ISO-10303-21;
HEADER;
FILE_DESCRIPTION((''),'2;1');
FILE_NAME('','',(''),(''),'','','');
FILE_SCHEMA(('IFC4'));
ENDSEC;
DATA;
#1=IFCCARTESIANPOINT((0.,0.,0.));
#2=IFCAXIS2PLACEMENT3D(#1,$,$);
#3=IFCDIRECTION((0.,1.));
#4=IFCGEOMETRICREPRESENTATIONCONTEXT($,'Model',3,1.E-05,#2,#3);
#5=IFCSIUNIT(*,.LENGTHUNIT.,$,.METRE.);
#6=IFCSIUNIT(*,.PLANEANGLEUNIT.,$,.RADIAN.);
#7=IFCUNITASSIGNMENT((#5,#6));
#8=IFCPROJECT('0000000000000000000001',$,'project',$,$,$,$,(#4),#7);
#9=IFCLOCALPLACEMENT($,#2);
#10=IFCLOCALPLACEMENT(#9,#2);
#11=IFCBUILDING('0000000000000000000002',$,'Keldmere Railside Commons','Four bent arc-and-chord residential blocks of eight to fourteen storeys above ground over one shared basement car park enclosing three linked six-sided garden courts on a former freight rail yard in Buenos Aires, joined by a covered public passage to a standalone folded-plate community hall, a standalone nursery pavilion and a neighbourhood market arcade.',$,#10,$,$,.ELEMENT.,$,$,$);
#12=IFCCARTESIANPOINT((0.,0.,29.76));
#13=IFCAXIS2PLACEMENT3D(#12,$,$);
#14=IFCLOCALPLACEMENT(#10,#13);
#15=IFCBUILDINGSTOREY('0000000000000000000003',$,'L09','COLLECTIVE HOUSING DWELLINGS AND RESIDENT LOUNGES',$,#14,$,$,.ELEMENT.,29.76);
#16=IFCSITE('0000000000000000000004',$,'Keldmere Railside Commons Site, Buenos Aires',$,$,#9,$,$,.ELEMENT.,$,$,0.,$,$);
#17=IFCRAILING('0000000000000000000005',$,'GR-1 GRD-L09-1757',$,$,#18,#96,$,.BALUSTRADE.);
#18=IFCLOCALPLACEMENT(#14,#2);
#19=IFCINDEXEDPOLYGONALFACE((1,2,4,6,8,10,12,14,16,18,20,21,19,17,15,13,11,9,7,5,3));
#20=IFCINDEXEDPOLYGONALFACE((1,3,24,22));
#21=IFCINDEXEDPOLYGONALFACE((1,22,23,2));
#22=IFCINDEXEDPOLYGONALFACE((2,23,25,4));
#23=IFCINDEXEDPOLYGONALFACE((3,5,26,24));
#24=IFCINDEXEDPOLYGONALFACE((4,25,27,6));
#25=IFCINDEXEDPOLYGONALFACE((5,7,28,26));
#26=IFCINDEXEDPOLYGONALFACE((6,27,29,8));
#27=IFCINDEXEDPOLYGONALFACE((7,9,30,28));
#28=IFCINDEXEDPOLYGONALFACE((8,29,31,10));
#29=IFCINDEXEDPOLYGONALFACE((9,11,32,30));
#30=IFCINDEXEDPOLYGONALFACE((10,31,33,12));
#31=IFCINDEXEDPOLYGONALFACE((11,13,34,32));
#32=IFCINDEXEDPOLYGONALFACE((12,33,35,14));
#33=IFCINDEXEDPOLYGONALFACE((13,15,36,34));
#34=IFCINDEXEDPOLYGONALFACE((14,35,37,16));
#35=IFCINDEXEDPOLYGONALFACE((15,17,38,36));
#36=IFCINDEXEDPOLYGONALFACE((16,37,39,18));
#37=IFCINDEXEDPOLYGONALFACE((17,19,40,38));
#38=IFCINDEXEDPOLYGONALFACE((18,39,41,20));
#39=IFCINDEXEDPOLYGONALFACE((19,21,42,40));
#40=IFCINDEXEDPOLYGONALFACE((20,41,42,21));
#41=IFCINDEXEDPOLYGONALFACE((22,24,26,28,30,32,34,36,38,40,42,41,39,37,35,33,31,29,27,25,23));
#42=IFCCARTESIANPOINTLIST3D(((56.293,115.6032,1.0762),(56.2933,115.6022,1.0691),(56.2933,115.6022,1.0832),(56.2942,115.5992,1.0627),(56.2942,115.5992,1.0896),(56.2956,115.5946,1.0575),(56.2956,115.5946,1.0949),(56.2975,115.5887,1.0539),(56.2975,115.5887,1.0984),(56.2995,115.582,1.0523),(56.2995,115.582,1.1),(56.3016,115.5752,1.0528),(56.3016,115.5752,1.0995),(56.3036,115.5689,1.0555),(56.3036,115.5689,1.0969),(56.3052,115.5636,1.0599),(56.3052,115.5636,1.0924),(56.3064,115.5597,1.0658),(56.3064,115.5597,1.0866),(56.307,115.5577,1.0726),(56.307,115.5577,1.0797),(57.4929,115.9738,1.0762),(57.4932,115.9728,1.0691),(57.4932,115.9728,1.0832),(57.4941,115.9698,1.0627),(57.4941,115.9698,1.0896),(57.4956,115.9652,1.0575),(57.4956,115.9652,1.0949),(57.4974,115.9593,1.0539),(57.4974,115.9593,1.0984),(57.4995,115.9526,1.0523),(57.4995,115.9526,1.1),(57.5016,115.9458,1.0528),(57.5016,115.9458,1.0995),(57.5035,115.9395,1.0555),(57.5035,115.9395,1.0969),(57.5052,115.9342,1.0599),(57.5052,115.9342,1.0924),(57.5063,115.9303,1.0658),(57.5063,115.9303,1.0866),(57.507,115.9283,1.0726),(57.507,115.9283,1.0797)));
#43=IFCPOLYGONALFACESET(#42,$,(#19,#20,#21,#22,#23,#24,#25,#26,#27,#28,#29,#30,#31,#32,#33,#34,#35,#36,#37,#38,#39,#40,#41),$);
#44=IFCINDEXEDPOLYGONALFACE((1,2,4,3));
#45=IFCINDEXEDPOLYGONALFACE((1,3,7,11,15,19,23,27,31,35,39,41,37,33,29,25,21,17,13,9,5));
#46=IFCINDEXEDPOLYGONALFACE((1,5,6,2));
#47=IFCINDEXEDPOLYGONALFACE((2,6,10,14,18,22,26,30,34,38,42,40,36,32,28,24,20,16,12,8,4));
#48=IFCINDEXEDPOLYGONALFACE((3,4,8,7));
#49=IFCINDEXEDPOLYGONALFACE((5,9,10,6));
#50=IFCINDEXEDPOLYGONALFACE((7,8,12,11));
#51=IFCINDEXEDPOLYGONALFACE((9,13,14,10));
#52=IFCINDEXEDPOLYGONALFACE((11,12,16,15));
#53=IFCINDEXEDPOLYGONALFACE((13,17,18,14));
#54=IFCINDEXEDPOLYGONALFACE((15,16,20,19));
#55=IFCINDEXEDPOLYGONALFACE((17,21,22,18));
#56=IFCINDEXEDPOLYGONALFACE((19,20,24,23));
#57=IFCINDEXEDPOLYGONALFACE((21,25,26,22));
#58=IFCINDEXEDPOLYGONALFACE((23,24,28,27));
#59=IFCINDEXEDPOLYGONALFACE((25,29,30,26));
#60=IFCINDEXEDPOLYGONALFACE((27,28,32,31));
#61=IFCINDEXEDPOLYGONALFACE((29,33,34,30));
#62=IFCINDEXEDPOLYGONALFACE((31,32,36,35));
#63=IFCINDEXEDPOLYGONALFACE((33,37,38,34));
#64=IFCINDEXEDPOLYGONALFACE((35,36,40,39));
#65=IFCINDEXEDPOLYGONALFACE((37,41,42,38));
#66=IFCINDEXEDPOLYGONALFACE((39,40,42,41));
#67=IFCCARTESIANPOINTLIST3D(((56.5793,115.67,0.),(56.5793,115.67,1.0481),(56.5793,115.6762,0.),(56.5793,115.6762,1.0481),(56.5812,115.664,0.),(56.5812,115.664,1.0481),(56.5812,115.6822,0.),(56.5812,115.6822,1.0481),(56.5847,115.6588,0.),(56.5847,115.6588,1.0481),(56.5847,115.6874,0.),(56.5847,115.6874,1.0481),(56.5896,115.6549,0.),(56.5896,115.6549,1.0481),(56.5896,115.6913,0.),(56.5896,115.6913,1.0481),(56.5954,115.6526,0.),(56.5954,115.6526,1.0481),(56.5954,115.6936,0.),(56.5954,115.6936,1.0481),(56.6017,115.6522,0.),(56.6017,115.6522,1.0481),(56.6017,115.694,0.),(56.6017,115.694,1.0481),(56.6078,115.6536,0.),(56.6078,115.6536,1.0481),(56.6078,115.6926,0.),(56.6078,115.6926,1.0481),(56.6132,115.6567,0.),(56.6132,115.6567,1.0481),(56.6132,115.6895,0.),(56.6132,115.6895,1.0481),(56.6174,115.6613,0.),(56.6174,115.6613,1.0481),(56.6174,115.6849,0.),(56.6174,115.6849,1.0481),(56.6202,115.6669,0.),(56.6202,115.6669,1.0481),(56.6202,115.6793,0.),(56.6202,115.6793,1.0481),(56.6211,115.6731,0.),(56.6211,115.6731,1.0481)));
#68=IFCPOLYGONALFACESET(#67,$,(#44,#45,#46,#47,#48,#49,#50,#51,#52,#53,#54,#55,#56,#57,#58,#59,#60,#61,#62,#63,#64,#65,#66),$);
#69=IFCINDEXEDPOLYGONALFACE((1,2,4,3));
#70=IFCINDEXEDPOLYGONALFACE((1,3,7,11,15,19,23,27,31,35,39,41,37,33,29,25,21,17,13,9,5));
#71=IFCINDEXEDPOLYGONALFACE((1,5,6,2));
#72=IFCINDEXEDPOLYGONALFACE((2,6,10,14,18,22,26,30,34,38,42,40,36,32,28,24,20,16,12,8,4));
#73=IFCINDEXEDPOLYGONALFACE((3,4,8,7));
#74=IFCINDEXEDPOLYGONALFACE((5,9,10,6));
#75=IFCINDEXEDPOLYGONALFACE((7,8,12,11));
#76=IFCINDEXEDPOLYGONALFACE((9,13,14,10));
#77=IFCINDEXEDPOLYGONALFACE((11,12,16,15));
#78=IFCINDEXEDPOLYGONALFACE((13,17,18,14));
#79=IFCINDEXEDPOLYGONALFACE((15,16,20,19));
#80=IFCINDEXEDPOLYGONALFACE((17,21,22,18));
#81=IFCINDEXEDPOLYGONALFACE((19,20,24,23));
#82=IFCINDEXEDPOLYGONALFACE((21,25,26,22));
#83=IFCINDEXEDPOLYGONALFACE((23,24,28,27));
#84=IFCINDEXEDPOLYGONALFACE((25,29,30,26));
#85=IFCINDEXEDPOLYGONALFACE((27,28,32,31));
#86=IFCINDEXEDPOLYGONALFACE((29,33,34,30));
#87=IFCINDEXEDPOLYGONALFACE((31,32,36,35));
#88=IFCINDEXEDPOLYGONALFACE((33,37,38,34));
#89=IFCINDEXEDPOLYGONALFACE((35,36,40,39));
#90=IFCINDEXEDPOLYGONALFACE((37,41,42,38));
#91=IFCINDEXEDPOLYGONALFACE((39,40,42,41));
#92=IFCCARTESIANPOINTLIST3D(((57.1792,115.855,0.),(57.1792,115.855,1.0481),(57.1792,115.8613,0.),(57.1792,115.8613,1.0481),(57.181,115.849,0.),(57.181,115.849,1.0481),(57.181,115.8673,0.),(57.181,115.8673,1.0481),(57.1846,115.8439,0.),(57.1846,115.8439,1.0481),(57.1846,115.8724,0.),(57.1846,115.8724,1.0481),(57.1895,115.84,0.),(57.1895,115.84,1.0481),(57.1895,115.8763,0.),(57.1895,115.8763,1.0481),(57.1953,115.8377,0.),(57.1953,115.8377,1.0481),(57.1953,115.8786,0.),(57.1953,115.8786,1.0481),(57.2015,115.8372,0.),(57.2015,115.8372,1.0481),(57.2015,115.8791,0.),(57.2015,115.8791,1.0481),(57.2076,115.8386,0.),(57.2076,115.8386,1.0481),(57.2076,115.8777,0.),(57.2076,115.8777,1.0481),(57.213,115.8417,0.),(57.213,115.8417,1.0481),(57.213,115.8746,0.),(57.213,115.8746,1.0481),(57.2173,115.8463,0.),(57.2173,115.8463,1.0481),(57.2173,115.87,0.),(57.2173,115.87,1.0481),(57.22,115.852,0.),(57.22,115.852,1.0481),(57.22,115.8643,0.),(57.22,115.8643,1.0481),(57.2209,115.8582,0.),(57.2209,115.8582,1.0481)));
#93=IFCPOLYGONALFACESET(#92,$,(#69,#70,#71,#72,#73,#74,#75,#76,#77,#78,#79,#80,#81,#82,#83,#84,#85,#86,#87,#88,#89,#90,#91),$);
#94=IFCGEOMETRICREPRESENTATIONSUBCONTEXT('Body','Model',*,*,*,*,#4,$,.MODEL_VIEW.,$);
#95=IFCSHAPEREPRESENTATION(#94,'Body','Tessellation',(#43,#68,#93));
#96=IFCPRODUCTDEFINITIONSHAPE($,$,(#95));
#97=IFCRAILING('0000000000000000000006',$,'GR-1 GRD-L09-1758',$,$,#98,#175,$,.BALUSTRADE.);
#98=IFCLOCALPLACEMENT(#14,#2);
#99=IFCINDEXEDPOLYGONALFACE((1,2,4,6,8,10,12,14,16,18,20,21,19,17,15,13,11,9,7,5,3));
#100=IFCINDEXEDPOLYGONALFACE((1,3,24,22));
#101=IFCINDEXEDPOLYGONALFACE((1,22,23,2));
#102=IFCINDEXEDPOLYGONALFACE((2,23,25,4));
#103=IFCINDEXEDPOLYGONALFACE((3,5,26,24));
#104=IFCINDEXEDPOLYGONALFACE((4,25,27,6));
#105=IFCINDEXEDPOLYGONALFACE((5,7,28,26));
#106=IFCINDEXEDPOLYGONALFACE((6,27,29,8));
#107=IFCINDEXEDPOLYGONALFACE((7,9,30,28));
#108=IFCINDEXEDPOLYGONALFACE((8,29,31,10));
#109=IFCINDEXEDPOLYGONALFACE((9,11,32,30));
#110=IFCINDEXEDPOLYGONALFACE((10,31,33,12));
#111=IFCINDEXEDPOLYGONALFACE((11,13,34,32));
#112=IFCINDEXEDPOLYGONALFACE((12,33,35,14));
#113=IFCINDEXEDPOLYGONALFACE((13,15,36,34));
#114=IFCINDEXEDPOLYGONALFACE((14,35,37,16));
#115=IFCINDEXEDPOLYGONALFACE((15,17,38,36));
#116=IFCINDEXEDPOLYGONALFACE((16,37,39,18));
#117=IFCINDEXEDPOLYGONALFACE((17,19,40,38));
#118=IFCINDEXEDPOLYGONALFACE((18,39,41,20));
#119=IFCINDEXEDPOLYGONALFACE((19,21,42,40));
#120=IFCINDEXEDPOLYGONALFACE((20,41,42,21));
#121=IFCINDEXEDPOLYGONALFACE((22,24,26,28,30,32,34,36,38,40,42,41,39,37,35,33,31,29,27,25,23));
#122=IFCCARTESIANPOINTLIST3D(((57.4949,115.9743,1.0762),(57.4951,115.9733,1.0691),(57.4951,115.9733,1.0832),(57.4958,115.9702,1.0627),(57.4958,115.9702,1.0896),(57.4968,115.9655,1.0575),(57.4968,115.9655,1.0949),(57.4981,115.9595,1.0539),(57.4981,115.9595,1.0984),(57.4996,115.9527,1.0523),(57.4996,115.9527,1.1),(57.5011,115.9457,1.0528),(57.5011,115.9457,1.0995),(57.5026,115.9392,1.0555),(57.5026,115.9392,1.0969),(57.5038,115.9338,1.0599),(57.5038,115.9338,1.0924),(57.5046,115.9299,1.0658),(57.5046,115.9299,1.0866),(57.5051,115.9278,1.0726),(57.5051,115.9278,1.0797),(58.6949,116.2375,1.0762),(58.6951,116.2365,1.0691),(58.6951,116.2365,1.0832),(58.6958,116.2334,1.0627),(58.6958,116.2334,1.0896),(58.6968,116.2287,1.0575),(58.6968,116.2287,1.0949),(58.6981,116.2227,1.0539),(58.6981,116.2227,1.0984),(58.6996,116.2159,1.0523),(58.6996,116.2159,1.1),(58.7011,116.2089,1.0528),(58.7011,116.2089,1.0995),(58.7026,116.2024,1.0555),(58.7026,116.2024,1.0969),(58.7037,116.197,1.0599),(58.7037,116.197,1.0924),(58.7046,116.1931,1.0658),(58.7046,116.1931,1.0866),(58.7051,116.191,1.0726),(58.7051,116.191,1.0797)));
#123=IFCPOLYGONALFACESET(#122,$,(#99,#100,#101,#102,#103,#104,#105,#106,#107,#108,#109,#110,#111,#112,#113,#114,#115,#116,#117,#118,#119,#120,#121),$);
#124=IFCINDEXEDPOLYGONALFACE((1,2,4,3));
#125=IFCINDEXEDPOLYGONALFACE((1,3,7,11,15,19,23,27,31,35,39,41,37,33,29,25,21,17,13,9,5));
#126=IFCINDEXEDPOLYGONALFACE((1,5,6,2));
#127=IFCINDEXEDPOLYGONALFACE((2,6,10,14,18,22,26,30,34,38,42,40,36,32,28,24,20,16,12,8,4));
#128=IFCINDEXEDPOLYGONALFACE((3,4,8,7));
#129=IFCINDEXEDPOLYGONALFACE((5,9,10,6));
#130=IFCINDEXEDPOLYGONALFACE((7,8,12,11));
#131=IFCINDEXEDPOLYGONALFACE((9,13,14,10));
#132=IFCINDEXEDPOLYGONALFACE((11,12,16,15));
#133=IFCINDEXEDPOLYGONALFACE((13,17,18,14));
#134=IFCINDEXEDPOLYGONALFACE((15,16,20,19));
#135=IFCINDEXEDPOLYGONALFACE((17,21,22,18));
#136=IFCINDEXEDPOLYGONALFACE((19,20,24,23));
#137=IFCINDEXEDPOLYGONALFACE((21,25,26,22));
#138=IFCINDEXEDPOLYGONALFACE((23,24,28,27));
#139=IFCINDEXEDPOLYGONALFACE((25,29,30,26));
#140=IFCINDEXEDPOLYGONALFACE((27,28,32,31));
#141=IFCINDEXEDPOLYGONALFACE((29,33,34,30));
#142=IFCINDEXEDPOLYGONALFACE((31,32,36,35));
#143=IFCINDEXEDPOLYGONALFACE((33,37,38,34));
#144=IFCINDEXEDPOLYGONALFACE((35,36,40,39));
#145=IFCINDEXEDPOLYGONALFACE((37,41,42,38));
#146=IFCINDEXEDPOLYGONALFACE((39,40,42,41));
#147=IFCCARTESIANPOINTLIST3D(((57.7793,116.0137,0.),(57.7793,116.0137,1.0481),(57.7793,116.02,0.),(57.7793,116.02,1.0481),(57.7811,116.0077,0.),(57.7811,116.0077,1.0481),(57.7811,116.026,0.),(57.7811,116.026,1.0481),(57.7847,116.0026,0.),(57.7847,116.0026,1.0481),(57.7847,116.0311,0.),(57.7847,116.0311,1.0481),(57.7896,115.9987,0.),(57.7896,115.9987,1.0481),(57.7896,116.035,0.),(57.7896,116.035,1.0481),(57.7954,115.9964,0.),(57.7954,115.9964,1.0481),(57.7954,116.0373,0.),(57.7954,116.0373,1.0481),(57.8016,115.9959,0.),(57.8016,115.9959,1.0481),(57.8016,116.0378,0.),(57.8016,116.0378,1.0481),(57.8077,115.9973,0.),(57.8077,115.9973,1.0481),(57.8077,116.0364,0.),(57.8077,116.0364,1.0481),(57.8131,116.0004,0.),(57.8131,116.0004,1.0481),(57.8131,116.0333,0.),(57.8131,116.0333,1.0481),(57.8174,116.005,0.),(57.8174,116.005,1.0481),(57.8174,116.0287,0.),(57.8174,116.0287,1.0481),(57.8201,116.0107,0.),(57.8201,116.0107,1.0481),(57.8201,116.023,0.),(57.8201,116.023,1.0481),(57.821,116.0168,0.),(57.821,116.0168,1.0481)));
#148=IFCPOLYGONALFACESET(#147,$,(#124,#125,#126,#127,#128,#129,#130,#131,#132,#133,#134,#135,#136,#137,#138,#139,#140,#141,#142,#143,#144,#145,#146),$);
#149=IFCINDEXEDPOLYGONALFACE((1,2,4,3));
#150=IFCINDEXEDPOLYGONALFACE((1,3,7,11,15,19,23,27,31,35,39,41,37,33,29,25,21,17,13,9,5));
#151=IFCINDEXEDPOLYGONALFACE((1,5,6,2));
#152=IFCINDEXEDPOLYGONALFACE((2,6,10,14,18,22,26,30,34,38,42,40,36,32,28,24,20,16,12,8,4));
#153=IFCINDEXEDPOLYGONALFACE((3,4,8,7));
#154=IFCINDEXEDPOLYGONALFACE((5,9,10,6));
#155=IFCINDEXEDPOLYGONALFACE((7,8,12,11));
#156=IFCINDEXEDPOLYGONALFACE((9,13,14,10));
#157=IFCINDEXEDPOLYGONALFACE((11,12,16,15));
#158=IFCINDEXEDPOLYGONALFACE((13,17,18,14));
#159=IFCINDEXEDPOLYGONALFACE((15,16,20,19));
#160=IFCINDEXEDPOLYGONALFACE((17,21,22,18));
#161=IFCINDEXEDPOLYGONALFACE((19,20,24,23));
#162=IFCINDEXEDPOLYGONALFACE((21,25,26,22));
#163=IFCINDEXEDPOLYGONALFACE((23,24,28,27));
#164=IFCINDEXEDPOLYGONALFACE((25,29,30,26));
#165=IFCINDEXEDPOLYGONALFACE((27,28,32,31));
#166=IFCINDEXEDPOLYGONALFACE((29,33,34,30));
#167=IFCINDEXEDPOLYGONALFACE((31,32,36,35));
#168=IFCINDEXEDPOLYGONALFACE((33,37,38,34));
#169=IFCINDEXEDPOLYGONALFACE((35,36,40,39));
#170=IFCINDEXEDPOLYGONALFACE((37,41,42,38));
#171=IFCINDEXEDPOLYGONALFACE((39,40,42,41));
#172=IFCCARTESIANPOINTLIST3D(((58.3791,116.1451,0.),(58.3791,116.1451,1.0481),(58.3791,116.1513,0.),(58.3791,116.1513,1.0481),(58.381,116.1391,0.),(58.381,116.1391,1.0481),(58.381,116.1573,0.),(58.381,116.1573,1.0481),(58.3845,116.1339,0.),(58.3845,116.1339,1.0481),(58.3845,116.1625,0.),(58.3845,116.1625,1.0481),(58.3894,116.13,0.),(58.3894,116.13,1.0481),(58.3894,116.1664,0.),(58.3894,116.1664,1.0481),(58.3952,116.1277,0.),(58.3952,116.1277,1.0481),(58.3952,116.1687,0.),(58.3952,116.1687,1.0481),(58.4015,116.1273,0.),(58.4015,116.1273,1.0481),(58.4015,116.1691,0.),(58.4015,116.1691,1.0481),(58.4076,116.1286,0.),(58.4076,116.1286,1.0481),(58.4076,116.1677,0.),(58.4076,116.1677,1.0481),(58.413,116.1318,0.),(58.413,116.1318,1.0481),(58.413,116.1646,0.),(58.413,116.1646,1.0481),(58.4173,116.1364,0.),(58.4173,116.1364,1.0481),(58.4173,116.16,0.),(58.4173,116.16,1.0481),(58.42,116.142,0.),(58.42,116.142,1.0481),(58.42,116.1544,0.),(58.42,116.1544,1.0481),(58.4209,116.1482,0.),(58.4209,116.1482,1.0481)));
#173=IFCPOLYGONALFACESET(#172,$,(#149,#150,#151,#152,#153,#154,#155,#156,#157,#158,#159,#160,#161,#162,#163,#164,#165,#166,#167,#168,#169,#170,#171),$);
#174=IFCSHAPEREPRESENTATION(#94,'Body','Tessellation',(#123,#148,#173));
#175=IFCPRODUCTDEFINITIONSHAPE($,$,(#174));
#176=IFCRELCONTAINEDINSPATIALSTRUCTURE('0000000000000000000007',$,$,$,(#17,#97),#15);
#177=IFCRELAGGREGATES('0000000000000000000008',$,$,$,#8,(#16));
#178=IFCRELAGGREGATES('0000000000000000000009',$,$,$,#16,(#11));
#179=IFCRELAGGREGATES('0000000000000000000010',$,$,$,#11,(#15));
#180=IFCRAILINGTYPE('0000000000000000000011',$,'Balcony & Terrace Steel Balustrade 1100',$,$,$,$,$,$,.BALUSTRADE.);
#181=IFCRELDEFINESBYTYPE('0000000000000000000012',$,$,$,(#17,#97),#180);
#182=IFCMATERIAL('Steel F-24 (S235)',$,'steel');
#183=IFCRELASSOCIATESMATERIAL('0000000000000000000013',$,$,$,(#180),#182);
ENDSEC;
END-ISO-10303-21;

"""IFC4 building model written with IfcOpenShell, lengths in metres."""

from ifc_helpers import new_model, si_unit, direction, frame, origin, origin_2d, place, context, subcontext, project, spatial, circle, extrude, material, type_object, element, save


model = new_model("IFC4")

# Units and contexts
model_context = context("Model", 3, precision=1e-05, world=origin(), true_north=direction((0.0, 1.0)))
body_context = subcontext(model_context, "Body", "Model", "MODEL_VIEW")
ifc_project = project(units=[si_unit("LENGTHUNIT", "METRE"), si_unit("PLANEANGLEUNIT", "RADIAN")], contexts=[model_context])

# Site, building, storey
site_placement = place(None, origin())
site = spatial("IfcSite", under=ifc_project, at=site_placement, Name="Keldmere Railside Commons Site, Buenos Aires", CompositionType="ELEMENT", RefElevation=0.0)
building_placement = place(site_placement, origin())
building = spatial("IfcBuilding", under=site, at=building_placement, Name="Keldmere Railside Commons", Description="Four bent arc-and-chord residential blocks of eight to fourteen storeys above ground over one shared basement car park enclosing three linked six-sided garden courts on a former freight rail yard in Buenos Aires, joined by a covered public passage to a standalone folded-plate community hall, a standalone nursery pavilion and a neighbourhood market arcade.", CompositionType="ELEMENT")
storey_placement = place(building_placement, frame((0.0, 0.0, 29.76)))
storey = spatial("IfcBuildingStorey", under=building, at=storey_placement, Name="L09", Description="COLLECTIVE HOUSING DWELLINGS AND RESIDENT LOUNGES", CompositionType="ELEMENT", Elevation=29.76)

# Shared definitions
ifc_material_1 = material(Name="Steel F-24 (S235)", Category="steel")

# Railings
railing_type = type_object("IfcRailingType", Name="Balcony & Terrace Steel Balustrade 1100", PredefinedType="BALUSTRADE", material=ifc_material_1)
railing_1_placement = place(storey_placement, frame((56.3, 115.5803, 0.0)))
element("IfcRailing", 1, at=railing_1_placement, inside=storey, type_object=railing_type, Name="GR-1 GRD-L09-1757", PredefinedType="BALUSTRADE", context=body_context, shape_type="SweptSolid", body=[
    extrude(circle(Radius=0.0239, at=origin_2d()), frame((0.0, 0.0, 1.0762), z_axis=(0.955467, 0.295097, 0.0), x_axis=(-0.295097, 0.955467, 0.0)), (0.0, 0.0, 1.0), 1.2559),
    extrude(circle(Radius=0.021, at=origin_2d()), frame((0.3, 0.0928, 0.0)), (0.0, 0.0, 1.0), 1.0481),
    extrude(circle(Radius=0.021, at=origin_2d()), frame((0.8999, 0.2778, 0.0)), (0.0, 0.0, 1.0), 1.0481),
])
railing_2_placement = place(storey_placement, frame((57.5, 115.9509, 0.0)))
element("IfcRailing", 2, at=railing_2_placement, inside=storey, type_object=railing_type, Name="GR-1 GRD-L09-1758", PredefinedType="BALUSTRADE", context=body_context, shape_type="SweptSolid", body=[
    extrude(circle(Radius=0.0239, at=origin_2d()), frame((0.0, 0.0, 1.0762), z_axis=(0.976782, 0.214236, 0.0), x_axis=(-0.214236, 0.976782, 0.0)), (0.0, 0.0, 1.0), 1.2285),
    extrude(circle(Radius=0.021, at=origin_2d()), frame((0.3, 0.0659, 0.0)), (0.0, 0.0, 1.0), 1.0481),
    extrude(circle(Radius=0.021, at=origin_2d()), frame((0.8999, 0.1973, 0.0)), (0.0, 0.0, 1.0), 1.0481),
])

save(model, "model.ifc")
